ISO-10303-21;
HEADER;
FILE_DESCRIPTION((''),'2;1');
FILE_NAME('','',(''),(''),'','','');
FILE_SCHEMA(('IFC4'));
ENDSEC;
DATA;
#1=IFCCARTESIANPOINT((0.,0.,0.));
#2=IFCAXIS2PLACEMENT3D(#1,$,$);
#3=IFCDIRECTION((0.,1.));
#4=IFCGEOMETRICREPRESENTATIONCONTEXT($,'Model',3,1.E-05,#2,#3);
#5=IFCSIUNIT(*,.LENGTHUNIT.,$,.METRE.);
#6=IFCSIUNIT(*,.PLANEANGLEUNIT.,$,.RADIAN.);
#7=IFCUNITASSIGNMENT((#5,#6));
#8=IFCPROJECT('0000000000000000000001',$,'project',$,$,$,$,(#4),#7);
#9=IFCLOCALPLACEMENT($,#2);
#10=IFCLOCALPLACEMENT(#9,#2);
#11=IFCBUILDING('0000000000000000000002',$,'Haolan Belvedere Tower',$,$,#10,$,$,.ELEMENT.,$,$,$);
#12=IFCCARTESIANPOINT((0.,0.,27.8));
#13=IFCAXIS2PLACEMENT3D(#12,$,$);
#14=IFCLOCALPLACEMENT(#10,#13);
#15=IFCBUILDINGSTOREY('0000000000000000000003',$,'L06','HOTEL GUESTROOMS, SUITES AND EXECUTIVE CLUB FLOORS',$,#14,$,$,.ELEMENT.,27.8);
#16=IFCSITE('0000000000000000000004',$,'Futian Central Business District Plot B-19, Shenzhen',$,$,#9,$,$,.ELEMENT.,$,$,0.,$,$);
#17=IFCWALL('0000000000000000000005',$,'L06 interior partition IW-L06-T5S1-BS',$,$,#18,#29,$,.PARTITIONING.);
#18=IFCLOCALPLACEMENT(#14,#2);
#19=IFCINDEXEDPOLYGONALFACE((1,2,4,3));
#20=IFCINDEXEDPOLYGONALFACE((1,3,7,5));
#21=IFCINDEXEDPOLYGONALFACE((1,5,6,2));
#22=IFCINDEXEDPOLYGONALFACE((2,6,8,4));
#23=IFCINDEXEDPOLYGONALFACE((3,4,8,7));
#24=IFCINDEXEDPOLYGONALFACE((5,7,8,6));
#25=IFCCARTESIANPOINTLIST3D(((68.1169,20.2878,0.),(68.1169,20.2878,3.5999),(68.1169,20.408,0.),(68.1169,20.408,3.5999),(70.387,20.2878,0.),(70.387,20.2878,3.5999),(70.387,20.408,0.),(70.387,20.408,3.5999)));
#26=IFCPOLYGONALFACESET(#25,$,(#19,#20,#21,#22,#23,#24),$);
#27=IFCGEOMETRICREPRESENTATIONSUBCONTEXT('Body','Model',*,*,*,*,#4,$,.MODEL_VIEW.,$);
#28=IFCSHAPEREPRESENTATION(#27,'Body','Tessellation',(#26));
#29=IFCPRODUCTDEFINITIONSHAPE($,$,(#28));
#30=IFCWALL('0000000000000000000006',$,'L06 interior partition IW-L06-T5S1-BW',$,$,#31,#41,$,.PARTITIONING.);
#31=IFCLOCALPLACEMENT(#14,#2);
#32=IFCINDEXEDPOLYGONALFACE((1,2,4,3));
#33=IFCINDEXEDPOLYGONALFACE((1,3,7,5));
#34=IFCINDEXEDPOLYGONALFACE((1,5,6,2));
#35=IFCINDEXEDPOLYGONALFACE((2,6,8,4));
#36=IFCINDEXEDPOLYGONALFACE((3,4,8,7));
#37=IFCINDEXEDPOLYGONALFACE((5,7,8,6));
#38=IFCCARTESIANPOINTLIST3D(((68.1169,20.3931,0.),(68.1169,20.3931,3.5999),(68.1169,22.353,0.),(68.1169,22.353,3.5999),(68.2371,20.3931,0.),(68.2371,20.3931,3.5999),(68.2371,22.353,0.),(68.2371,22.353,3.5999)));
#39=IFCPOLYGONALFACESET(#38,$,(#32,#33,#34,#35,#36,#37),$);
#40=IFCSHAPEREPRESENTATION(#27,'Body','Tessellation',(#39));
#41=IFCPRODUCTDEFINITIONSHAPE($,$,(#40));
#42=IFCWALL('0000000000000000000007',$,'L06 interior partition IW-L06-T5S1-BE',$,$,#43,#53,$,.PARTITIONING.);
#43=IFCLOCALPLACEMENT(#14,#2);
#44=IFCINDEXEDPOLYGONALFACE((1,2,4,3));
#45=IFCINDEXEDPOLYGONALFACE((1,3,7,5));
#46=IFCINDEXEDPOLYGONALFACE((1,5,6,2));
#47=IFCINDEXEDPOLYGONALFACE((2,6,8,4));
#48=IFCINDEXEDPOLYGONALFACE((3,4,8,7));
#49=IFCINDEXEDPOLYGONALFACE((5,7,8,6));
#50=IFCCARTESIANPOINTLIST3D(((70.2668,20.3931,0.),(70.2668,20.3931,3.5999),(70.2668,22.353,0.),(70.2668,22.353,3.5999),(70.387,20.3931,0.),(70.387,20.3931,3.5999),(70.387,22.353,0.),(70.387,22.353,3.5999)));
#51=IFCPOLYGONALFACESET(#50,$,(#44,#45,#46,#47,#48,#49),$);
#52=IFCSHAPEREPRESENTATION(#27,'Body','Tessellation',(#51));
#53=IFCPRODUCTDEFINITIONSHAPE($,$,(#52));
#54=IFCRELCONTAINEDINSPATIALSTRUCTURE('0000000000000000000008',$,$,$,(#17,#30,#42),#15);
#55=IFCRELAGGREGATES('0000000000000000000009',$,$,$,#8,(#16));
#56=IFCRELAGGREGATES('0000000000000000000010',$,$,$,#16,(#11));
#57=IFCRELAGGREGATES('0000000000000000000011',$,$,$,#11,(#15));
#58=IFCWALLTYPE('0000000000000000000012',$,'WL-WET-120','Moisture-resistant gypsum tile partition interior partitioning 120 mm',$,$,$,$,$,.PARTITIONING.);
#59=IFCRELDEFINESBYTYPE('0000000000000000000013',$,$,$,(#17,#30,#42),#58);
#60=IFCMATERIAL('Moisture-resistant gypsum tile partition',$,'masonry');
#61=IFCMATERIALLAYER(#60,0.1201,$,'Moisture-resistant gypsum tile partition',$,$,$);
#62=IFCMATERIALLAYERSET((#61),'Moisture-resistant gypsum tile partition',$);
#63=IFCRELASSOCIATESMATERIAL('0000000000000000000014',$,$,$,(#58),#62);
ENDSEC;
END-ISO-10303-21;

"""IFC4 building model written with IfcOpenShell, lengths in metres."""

from ifc_helpers import new_model, si_unit, direction, frame, frame_2d, origin, place, context, subcontext, project, spatial, rectangle, extrude, material, layer, layer_set, type_object, element, save


model = new_model("IFC4")

# Units and contexts
model_context = context("Model", 3, precision=1e-05, world=origin(), true_north=direction((0.0, 1.0)))
body_context = subcontext(model_context, "Body", "Model", "MODEL_VIEW")
ifc_project = project(units=[si_unit("LENGTHUNIT", "METRE"), si_unit("PLANEANGLEUNIT", "RADIAN")], contexts=[model_context])

# Site, building, storey
site_placement = place(None, origin())
site = spatial("IfcSite", under=ifc_project, at=site_placement, Name="Futian Central Business District Plot B-19, Shenzhen", CompositionType="ELEMENT", RefElevation=0.0)
building_placement = place(site_placement, origin())
building = spatial("IfcBuilding", under=site, at=building_placement, Name="Haolan Belvedere Tower", CompositionType="ELEMENT")
storey_placement = place(building_placement, frame((0.0, 0.0, 27.8)))
storey = spatial("IfcBuildingStorey", under=building, at=storey_placement, Name="L06", Description="HOTEL GUESTROOMS, SUITES AND EXECUTIVE CLUB FLOORS", CompositionType="ELEMENT", Elevation=27.8)

# Shared definitions
ifc_material_1 = material(Name="Moisture-resistant gypsum tile partition", Category="masonry")
ifc_layer_1 = layer(ifc_material_1, 0.1201, Name="Moisture-resistant gypsum tile partition")
ifc_layer_set_1 = layer_set([ifc_layer_1], Name="Moisture-resistant gypsum tile partition")
wall_type_1 = type_object("IfcWallType", Name="WL-WET-120", Description="Moisture-resistant gypsum tile partition interior partitioning 120 mm", PredefinedType="PARTITIONING", material=ifc_layer_set_1)

# Walls
wall_1_placement = place(storey_placement, frame((68.1169, 20.3479, 0.0), z_axis=(0.0, 0.0, 1.0), x_axis=(1.0, 0.0, 0.0)))
element("IfcWall", 1, at=wall_1_placement, inside=storey, type_object=wall_type_1, Name="L06 interior partition IW-L06-T5S1-BS", PredefinedType="PARTITIONING", context=body_context, shape_type="SweptSolid", body=[
    extrude(rectangle(XDim=2.27, YDim=0.1201, at=frame_2d((1.135, 0.0))), origin(), (0.0, 0.0, 1.0), 3.5999),
])
for number, where, z_axis, x_axis, name in (
    (2, (68.177, 20.3931, 0.0), (0.0, 0.0, 1.0), (0.0, 1.0, 0.0), "L06 interior partition IW-L06-T5S1-BW"),
    (3, (70.3269, 20.3931, 0.0), (0.0, 0.0, 1.0), (0.0, 1.0, 0.0), "L06 interior partition IW-L06-T5S1-BE"),
):
    element("IfcWall", number, at=place(storey_placement, frame(where, z_axis=z_axis, x_axis=x_axis)), inside=storey, type_object=wall_type_1, Name=name, PredefinedType="PARTITIONING", context=body_context, shape_type="SweptSolid", body=[
        extrude(rectangle(XDim=1.96, YDim=0.1201, at=frame_2d((0.98, 0.0))), origin(), (0.0, 0.0, 1.0), 3.5999),
    ])

save(model, "model.ifc")
